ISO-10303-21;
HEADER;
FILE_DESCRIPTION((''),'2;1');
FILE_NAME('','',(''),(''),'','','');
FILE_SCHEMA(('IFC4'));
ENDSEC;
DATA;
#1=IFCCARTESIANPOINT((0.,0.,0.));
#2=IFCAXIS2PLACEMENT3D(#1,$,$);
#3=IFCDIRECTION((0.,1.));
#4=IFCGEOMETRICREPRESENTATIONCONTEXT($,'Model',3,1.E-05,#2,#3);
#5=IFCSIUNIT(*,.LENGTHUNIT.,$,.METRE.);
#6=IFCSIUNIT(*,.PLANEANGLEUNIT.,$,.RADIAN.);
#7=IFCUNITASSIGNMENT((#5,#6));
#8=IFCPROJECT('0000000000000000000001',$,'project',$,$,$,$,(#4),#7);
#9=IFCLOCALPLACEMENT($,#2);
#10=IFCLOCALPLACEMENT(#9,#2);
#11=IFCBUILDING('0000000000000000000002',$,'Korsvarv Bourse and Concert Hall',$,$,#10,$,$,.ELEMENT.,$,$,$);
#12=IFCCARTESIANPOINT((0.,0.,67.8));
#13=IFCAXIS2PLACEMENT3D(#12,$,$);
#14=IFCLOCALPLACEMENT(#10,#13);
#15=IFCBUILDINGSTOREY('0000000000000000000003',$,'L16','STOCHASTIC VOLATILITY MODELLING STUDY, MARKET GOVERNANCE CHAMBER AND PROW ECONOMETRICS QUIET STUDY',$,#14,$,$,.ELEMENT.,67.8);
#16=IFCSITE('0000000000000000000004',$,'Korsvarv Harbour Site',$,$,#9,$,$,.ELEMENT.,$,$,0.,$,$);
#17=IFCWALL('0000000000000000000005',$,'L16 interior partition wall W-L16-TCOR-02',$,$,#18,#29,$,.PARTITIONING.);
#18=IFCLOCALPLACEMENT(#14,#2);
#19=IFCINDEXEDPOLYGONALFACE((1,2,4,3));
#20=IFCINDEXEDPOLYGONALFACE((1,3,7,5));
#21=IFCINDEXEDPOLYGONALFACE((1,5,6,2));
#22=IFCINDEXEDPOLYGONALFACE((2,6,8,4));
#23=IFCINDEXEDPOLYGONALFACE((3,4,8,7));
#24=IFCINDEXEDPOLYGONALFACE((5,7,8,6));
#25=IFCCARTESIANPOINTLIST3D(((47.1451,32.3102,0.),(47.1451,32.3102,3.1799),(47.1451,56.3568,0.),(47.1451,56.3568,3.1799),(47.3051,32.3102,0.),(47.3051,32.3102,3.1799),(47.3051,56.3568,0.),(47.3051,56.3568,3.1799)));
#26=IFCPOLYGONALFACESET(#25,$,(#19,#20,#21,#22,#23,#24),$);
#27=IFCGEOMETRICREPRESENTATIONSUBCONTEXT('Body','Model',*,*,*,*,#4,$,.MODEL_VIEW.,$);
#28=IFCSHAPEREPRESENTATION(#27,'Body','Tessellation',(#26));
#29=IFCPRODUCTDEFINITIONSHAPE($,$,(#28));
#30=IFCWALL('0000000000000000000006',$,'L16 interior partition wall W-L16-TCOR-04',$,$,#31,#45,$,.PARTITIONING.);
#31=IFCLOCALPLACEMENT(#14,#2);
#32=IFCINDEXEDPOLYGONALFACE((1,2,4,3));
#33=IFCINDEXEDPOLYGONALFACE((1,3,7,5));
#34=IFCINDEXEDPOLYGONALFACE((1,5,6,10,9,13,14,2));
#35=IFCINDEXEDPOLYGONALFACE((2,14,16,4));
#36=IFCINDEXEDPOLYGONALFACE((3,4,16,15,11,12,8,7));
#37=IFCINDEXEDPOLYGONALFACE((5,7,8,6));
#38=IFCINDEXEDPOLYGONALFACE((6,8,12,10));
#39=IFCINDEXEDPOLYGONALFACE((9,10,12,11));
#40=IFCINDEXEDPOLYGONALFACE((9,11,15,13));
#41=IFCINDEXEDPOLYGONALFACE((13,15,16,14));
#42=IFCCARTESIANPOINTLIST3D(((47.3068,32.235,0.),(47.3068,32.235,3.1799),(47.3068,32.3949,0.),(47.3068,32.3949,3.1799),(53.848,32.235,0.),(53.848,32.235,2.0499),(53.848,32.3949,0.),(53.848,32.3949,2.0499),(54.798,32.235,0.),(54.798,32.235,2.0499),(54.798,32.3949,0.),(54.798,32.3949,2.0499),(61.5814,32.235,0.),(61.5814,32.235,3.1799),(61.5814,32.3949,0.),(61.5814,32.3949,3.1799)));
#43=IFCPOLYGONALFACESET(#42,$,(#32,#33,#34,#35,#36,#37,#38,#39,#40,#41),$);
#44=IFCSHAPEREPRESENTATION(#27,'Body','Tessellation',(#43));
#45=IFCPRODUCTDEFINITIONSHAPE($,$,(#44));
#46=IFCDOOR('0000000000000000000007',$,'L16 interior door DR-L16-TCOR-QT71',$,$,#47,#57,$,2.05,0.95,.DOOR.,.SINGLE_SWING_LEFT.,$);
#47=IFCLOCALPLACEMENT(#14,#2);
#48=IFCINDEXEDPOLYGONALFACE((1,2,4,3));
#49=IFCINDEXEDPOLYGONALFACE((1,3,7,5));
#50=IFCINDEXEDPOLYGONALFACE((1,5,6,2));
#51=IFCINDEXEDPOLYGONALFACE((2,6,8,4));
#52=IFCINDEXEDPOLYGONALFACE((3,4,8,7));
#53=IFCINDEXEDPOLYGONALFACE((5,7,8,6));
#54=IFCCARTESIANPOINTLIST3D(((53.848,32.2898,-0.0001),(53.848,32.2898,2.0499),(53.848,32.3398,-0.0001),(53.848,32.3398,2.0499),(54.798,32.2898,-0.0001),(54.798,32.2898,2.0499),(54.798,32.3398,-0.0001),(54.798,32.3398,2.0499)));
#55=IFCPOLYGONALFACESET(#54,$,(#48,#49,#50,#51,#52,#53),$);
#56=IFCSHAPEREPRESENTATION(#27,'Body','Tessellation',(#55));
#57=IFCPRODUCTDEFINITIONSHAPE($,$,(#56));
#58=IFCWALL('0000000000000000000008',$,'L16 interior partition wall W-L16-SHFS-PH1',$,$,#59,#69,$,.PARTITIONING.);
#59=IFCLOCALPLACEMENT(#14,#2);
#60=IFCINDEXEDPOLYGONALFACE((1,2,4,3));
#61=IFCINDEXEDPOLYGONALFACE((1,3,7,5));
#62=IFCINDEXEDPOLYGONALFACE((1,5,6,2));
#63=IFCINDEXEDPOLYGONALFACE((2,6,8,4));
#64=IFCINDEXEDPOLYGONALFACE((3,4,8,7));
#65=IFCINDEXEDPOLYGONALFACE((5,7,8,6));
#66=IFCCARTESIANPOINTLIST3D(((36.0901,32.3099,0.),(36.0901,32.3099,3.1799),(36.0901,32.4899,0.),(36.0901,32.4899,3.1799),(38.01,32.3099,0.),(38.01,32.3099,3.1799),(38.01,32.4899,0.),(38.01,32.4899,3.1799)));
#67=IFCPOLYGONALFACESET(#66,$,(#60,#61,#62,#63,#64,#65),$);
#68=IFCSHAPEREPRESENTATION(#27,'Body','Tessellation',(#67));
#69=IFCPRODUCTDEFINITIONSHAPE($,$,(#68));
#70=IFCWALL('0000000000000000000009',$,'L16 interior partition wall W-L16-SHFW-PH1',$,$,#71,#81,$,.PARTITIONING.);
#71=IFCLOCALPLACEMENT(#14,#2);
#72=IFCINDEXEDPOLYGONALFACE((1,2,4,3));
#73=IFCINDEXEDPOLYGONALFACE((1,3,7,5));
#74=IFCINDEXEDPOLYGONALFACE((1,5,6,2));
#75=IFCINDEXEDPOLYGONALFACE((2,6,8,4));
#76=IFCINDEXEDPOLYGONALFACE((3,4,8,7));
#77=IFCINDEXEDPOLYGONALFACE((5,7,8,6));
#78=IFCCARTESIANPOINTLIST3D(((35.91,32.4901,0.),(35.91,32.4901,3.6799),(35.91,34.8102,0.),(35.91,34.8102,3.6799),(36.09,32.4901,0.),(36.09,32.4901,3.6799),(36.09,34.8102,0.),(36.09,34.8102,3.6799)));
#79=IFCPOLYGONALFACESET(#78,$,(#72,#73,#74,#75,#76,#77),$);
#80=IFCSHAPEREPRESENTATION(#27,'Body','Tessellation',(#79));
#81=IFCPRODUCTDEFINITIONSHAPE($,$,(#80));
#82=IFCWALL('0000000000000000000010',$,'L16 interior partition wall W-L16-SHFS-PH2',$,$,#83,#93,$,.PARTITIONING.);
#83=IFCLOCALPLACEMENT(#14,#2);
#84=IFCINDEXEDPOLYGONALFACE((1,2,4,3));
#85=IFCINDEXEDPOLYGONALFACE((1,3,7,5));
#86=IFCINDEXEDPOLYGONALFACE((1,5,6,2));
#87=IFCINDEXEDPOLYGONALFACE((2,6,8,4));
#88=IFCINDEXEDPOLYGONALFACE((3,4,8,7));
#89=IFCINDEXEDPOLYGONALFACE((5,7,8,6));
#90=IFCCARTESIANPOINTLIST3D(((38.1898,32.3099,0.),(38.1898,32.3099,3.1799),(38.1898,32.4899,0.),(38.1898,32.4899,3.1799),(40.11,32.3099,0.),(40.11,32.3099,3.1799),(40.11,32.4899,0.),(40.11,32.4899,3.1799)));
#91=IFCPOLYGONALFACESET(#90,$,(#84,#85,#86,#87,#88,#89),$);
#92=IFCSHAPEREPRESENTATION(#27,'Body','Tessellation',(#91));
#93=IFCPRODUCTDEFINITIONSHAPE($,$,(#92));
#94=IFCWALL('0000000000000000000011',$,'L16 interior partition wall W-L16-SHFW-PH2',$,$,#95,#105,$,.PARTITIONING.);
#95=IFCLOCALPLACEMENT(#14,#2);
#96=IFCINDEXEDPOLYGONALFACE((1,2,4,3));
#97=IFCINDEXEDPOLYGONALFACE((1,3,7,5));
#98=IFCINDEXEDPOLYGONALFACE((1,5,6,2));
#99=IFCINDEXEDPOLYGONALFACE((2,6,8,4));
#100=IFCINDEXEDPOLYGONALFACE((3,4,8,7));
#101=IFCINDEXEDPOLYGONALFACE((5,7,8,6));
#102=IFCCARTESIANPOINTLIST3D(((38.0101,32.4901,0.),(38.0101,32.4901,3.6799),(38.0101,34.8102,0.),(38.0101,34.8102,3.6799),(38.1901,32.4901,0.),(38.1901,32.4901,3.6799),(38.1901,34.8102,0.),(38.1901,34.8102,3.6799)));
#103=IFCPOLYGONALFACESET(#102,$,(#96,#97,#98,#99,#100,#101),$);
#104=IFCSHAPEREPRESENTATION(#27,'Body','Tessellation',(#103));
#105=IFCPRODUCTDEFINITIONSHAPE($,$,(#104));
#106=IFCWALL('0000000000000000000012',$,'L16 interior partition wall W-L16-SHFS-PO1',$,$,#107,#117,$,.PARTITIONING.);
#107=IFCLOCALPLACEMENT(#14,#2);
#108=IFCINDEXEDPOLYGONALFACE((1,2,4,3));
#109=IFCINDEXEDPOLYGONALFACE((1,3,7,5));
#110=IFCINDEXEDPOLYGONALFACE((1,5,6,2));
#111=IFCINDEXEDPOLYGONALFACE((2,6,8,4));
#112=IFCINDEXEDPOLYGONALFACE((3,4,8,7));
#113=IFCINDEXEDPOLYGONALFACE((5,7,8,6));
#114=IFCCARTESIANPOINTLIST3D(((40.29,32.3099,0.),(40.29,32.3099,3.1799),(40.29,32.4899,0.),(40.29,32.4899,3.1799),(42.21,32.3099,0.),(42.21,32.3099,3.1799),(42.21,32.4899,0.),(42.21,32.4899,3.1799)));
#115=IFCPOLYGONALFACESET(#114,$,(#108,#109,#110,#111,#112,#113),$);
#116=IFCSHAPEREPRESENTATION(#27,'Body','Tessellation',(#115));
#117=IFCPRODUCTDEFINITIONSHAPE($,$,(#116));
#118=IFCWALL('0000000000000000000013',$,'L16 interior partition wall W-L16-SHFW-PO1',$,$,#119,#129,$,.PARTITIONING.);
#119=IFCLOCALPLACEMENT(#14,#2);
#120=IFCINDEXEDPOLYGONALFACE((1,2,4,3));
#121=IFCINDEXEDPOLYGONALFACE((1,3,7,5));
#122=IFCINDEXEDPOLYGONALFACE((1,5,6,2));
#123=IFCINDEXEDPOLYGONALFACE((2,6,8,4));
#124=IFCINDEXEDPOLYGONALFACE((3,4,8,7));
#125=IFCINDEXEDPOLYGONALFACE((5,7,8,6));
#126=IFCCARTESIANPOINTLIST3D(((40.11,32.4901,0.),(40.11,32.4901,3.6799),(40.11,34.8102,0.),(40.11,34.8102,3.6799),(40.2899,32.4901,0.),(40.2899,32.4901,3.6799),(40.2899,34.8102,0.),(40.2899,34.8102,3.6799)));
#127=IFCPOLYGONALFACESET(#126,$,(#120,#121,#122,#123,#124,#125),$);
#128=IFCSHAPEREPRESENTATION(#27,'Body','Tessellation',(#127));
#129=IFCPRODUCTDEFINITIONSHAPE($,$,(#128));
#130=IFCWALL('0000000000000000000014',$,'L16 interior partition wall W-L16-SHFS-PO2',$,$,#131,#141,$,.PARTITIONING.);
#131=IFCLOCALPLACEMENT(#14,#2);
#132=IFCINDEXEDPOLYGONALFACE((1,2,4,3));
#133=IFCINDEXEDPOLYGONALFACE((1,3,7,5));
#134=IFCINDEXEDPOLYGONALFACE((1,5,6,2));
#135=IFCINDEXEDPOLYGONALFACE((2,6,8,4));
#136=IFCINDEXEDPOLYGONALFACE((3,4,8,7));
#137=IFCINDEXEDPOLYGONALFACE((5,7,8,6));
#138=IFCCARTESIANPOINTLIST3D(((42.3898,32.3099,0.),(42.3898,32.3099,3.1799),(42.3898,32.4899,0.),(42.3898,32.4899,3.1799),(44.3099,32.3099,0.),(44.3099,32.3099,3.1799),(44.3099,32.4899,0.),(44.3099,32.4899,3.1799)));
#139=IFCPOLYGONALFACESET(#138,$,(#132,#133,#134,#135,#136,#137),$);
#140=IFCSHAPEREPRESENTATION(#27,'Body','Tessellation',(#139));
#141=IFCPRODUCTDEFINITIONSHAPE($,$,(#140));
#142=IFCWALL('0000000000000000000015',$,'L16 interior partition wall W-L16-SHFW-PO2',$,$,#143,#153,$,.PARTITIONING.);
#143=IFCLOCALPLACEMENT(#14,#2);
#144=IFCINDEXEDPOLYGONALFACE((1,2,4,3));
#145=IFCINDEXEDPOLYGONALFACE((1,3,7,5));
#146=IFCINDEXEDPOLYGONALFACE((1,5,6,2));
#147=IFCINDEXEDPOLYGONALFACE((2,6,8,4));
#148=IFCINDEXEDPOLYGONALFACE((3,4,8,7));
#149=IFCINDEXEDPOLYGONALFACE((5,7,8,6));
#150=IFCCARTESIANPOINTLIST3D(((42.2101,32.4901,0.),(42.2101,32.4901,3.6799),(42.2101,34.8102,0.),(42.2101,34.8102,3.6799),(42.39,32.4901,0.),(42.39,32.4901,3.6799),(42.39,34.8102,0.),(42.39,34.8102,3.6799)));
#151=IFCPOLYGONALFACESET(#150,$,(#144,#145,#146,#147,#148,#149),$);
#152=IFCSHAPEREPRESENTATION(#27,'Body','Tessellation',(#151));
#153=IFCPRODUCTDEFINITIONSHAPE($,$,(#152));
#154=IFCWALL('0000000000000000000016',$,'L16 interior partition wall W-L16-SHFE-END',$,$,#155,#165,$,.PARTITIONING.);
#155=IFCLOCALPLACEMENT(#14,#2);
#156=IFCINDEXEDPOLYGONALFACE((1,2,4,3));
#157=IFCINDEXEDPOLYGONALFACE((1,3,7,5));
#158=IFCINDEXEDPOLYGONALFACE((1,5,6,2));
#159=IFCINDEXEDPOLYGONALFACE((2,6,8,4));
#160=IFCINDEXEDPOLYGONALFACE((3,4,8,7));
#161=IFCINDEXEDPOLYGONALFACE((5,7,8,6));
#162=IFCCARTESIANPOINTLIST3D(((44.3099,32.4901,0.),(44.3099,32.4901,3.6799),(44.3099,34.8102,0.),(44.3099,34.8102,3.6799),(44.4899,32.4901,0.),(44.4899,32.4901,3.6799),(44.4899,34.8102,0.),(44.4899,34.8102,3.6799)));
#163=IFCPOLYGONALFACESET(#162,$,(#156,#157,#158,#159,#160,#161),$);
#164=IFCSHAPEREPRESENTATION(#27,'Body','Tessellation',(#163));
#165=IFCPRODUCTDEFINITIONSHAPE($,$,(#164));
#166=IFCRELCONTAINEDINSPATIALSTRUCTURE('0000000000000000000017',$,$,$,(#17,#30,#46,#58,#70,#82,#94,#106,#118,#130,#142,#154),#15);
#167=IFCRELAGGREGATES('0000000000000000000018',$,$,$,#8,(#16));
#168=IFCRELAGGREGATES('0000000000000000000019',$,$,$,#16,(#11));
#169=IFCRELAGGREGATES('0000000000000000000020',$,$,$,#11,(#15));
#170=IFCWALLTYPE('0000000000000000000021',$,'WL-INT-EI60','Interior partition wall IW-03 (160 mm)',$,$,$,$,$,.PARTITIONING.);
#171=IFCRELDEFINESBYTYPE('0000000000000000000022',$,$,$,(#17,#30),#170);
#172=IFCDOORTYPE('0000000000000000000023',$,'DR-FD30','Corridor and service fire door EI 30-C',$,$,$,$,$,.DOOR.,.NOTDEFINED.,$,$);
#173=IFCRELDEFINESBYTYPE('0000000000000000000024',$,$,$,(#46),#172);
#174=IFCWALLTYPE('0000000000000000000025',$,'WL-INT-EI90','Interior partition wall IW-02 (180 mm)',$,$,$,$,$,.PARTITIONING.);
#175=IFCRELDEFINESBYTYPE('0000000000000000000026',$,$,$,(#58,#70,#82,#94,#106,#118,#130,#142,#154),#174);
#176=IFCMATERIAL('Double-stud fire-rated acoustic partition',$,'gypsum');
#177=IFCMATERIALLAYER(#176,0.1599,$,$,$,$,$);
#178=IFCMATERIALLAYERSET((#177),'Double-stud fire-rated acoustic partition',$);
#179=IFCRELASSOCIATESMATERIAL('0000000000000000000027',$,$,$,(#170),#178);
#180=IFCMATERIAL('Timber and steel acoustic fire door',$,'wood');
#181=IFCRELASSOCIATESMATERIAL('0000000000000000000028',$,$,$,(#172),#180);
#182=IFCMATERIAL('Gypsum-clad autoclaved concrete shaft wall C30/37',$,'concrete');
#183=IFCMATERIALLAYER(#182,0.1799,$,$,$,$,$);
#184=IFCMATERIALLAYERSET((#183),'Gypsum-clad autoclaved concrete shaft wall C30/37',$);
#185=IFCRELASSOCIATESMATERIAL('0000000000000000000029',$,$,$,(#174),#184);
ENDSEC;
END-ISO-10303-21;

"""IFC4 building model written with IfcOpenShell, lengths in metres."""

from ifc_helpers import new_model, si_unit, direction, frame, frame_2d, origin, place, context, subcontext, project, spatial, rectangle, extrude, material, layer, layer_set, type_object, element, fill, save


model = new_model("IFC4")

# Units and contexts
model_context = context("Model", 3, precision=1e-05, world=origin(), true_north=direction((0.0, 1.0)))
body_context = subcontext(model_context, "Body", "Model", "MODEL_VIEW")
ifc_project = project(units=[si_unit("LENGTHUNIT", "METRE"), si_unit("PLANEANGLEUNIT", "RADIAN")], contexts=[model_context])

# Site, building, storey
site_placement = place(None, origin())
site = spatial("IfcSite", under=ifc_project, at=site_placement, Name="Korsvarv Harbour Site", CompositionType="ELEMENT", RefElevation=0.0)
building_placement = place(site_placement, origin())
building = spatial("IfcBuilding", under=site, at=building_placement, Name="Korsvarv Bourse and Concert Hall", CompositionType="ELEMENT")
storey_placement = place(building_placement, frame((0.0, 0.0, 67.8)))
storey = spatial("IfcBuildingStorey", under=building, at=storey_placement, Name="L16", Description="STOCHASTIC VOLATILITY MODELLING STUDY, MARKET GOVERNANCE CHAMBER AND PROW ECONOMETRICS QUIET STUDY", CompositionType="ELEMENT", Elevation=67.8)

# Wall
ifc_material_1 = material(Name="Double-stud fire-rated acoustic partition", Category="gypsum")
ifc_layer_1 = layer(ifc_material_1, 0.1599)
ifc_layer_set_1 = layer_set([ifc_layer_1], Name="Double-stud fire-rated acoustic partition")
wall_type_1 = type_object("IfcWallType", Name="WL-INT-EI60", Description="Interior partition wall IW-03 (160 mm)", PredefinedType="PARTITIONING", material=ifc_layer_set_1)
wall_1_placement = place(storey_placement, frame((47.2251, 32.3101, 0.0), z_axis=(0.0, 0.0, 1.0), x_axis=(0.0, 1.0, 0.0)))
element("IfcWall", 1, at=wall_1_placement, inside=storey, type_object=wall_type_1, Name="L16 interior partition wall W-L16-TCOR-02", PredefinedType="PARTITIONING", context=body_context, shape_type="SweptSolid", body=[
    extrude(rectangle(XDim=24.0466, YDim=0.1599, at=frame_2d((12.0234, 0.0))), origin(), (0.0, 0.0, 1.0), 3.1799),
])

# Wall, opening, door
wall_2_placement = place(storey_placement, frame((47.3069, 32.3149, 0.0), z_axis=(0.0, 0.0, 1.0), x_axis=(1.0, 0.0, 0.0)))
wall_2 = element("IfcWall", 2, at=wall_2_placement, inside=storey, type_object=wall_type_1, Name="L16 interior partition wall W-L16-TCOR-04", PredefinedType="PARTITIONING", context=body_context, shape_type="SweptSolid", body=[
    extrude(rectangle(XDim=14.2747, YDim=0.1599, at=frame_2d((7.1372, 0.0))), origin(), (0.0, 0.0, 1.0), 3.1799),
])
opening_placement = place(wall_2_placement, frame((6.541, 0.0, 0.0)))
opening = element("IfcOpeningElement", 3, at=opening_placement, cuts=wall_2, PredefinedType="OPENING", context=body_context, shape_type="SweptSolid", body=[
    extrude(rectangle(XDim=0.95, YDim=2.05, at=frame_2d((0.4751, 1.0249))), frame((0.0, 0.0898, 0.0), z_axis=(0.0, -1.0, 0.0), x_axis=(1.0, 0.0, 0.0)), (0.0, 0.0, 1.0), 0.1799),
])
ifc_material_2 = material(Name="Timber and steel acoustic fire door", Category="wood")
door_type = type_object("IfcDoorType", Name="DR-FD30", Description="Corridor and service fire door EI 30-C", OperationType="NOTDEFINED", PredefinedType="DOOR", material=ifc_material_2)
door_placement = place(opening_placement, origin())
door = element("IfcDoor", 4, at=door_placement, inside=storey, type_object=door_type, Name="L16 interior door DR-L16-TCOR-QT71", OperationType="SINGLE_SWING_LEFT", OverallHeight=2.05, OverallWidth=0.95, PredefinedType="DOOR", context=body_context, shape_type="SweptSolid", body=[
    extrude(rectangle(XDim=0.95, YDim=2.05, at=frame_2d((0.4751, 1.0249))), frame((0.0, 0.0249, 0.0), z_axis=(0.0, -1.0, 0.0), x_axis=(1.0, 0.0, 0.0)), (0.0, 0.0, 1.0), 0.05),
])
fill(opening, door)

# Walls
ifc_material_3 = material(Name="Gypsum-clad autoclaved concrete shaft wall C30/37", Category="concrete")
ifc_layer_2 = layer(ifc_material_3, 0.1799)
ifc_layer_set_2 = layer_set([ifc_layer_2], Name="Gypsum-clad autoclaved concrete shaft wall C30/37")
wall_type_2 = type_object("IfcWallType", Name="WL-INT-EI90", Description="Interior partition wall IW-02 (180 mm)", PredefinedType="PARTITIONING", material=ifc_layer_set_2)
wall_3_placement = place(storey_placement, frame((36.0901, 32.3999, 0.0), z_axis=(0.0, 0.0, 1.0), x_axis=(1.0, 0.0, 0.0)))
element("IfcWall", 5, at=wall_3_placement, inside=storey, type_object=wall_type_2, Name="L16 interior partition wall W-L16-SHFS-PH1", PredefinedType="PARTITIONING", context=body_context, shape_type="SweptSolid", body=[
    extrude(rectangle(XDim=1.9199, YDim=0.1799, at=frame_2d((0.96, 0.0))), origin(), (0.0, 0.0, 1.0), 3.1799),
])
wall_4_placement = place(storey_placement, frame((36.0, 32.49, 0.0), z_axis=(0.0, 0.0, 1.0), x_axis=(0.0, 1.0, 0.0)))
element("IfcWall", 6, at=wall_4_placement, inside=storey, type_object=wall_type_2, Name="L16 interior partition wall W-L16-SHFW-PH1", PredefinedType="PARTITIONING", context=body_context, shape_type="SweptSolid", body=[
    extrude(rectangle(XDim=2.3201, YDim=0.1799, at=frame_2d((1.1602, 0.0))), origin(), (0.0, 0.0, 1.0), 3.6799),
])
wall_5_placement = place(storey_placement, frame((38.1899, 32.3999, 0.0), z_axis=(0.0, 0.0, 1.0), x_axis=(1.0, 0.0, 0.0)))
element("IfcWall", 7, at=wall_5_placement, inside=storey, type_object=wall_type_2, Name="L16 interior partition wall W-L16-SHFS-PH2", PredefinedType="PARTITIONING", context=body_context, shape_type="SweptSolid", body=[
    extrude(rectangle(XDim=1.9202, YDim=0.1799, at=frame_2d((0.96, 0.0))), origin(), (0.0, 0.0, 1.0), 3.1799),
])
wall_6_placement = place(storey_placement, frame((38.1001, 32.49, 0.0), z_axis=(0.0, 0.0, 1.0), x_axis=(0.0, 1.0, 0.0)))
element("IfcWall", 8, at=wall_6_placement, inside=storey, type_object=wall_type_2, Name="L16 interior partition wall W-L16-SHFW-PH2", PredefinedType="PARTITIONING", context=body_context, shape_type="SweptSolid", body=[
    extrude(rectangle(XDim=2.3201, YDim=0.1799, at=frame_2d((1.1602, 0.0))), origin(), (0.0, 0.0, 1.0), 3.6799),
])
wall_7_placement = place(storey_placement, frame((40.29, 32.3999, 0.0), z_axis=(0.0, 0.0, 1.0), x_axis=(1.0, 0.0, 0.0)))
element("IfcWall", 9, at=wall_7_placement, inside=storey, type_object=wall_type_2, Name="L16 interior partition wall W-L16-SHFS-PO1", PredefinedType="PARTITIONING", context=body_context, shape_type="SweptSolid", body=[
    extrude(rectangle(XDim=1.9199, YDim=0.1799, at=frame_2d((0.96, 0.0))), origin(), (0.0, 0.0, 1.0), 3.1799),
])
wall_8_placement = place(storey_placement, frame((40.2, 32.49, 0.0), z_axis=(0.0, 0.0, 1.0), x_axis=(0.0, 1.0, 0.0)))
element("IfcWall", 10, at=wall_8_placement, inside=storey, type_object=wall_type_2, Name="L16 interior partition wall W-L16-SHFW-PO1", PredefinedType="PARTITIONING", context=body_context, shape_type="SweptSolid", body=[
    extrude(rectangle(XDim=2.3201, YDim=0.1799, at=frame_2d((1.1602, 0.0))), origin(), (0.0, 0.0, 1.0), 3.6799),
])
wall_9_placement = place(storey_placement, frame((42.3899, 32.3999, 0.0), z_axis=(0.0, 0.0, 1.0), x_axis=(1.0, 0.0, 0.0)))
element("IfcWall", 11, at=wall_9_placement, inside=storey, type_object=wall_type_2, Name="L16 interior partition wall W-L16-SHFS-PO2", PredefinedType="PARTITIONING", context=body_context, shape_type="SweptSolid", body=[
    extrude(rectangle(XDim=1.9202, YDim=0.1799, at=frame_2d((0.96, 0.0))), origin(), (0.0, 0.0, 1.0), 3.1799),
])
for number, where, z_axis, x_axis, name in (
    (12, (42.3, 32.49, 0.0), (0.0, 0.0, 1.0), (0.0, 1.0, 0.0), "L16 interior partition wall W-L16-SHFW-PO2"),
    (13, (44.3999, 32.49, 0.0), (0.0, 0.0, 1.0), (0.0, 1.0, 0.0), "L16 interior partition wall W-L16-SHFE-END"),
):
    element("IfcWall", number, at=place(storey_placement, frame(where, z_axis=z_axis, x_axis=x_axis)), inside=storey, type_object=wall_type_2, Name=name, PredefinedType="PARTITIONING", context=body_context, shape_type="SweptSolid", body=[
        extrude(rectangle(XDim=2.3201, YDim=0.1799, at=frame_2d((1.1602, 0.0))), origin(), (0.0, 0.0, 1.0), 3.6799),
    ])

save(model, "model.ifc")
